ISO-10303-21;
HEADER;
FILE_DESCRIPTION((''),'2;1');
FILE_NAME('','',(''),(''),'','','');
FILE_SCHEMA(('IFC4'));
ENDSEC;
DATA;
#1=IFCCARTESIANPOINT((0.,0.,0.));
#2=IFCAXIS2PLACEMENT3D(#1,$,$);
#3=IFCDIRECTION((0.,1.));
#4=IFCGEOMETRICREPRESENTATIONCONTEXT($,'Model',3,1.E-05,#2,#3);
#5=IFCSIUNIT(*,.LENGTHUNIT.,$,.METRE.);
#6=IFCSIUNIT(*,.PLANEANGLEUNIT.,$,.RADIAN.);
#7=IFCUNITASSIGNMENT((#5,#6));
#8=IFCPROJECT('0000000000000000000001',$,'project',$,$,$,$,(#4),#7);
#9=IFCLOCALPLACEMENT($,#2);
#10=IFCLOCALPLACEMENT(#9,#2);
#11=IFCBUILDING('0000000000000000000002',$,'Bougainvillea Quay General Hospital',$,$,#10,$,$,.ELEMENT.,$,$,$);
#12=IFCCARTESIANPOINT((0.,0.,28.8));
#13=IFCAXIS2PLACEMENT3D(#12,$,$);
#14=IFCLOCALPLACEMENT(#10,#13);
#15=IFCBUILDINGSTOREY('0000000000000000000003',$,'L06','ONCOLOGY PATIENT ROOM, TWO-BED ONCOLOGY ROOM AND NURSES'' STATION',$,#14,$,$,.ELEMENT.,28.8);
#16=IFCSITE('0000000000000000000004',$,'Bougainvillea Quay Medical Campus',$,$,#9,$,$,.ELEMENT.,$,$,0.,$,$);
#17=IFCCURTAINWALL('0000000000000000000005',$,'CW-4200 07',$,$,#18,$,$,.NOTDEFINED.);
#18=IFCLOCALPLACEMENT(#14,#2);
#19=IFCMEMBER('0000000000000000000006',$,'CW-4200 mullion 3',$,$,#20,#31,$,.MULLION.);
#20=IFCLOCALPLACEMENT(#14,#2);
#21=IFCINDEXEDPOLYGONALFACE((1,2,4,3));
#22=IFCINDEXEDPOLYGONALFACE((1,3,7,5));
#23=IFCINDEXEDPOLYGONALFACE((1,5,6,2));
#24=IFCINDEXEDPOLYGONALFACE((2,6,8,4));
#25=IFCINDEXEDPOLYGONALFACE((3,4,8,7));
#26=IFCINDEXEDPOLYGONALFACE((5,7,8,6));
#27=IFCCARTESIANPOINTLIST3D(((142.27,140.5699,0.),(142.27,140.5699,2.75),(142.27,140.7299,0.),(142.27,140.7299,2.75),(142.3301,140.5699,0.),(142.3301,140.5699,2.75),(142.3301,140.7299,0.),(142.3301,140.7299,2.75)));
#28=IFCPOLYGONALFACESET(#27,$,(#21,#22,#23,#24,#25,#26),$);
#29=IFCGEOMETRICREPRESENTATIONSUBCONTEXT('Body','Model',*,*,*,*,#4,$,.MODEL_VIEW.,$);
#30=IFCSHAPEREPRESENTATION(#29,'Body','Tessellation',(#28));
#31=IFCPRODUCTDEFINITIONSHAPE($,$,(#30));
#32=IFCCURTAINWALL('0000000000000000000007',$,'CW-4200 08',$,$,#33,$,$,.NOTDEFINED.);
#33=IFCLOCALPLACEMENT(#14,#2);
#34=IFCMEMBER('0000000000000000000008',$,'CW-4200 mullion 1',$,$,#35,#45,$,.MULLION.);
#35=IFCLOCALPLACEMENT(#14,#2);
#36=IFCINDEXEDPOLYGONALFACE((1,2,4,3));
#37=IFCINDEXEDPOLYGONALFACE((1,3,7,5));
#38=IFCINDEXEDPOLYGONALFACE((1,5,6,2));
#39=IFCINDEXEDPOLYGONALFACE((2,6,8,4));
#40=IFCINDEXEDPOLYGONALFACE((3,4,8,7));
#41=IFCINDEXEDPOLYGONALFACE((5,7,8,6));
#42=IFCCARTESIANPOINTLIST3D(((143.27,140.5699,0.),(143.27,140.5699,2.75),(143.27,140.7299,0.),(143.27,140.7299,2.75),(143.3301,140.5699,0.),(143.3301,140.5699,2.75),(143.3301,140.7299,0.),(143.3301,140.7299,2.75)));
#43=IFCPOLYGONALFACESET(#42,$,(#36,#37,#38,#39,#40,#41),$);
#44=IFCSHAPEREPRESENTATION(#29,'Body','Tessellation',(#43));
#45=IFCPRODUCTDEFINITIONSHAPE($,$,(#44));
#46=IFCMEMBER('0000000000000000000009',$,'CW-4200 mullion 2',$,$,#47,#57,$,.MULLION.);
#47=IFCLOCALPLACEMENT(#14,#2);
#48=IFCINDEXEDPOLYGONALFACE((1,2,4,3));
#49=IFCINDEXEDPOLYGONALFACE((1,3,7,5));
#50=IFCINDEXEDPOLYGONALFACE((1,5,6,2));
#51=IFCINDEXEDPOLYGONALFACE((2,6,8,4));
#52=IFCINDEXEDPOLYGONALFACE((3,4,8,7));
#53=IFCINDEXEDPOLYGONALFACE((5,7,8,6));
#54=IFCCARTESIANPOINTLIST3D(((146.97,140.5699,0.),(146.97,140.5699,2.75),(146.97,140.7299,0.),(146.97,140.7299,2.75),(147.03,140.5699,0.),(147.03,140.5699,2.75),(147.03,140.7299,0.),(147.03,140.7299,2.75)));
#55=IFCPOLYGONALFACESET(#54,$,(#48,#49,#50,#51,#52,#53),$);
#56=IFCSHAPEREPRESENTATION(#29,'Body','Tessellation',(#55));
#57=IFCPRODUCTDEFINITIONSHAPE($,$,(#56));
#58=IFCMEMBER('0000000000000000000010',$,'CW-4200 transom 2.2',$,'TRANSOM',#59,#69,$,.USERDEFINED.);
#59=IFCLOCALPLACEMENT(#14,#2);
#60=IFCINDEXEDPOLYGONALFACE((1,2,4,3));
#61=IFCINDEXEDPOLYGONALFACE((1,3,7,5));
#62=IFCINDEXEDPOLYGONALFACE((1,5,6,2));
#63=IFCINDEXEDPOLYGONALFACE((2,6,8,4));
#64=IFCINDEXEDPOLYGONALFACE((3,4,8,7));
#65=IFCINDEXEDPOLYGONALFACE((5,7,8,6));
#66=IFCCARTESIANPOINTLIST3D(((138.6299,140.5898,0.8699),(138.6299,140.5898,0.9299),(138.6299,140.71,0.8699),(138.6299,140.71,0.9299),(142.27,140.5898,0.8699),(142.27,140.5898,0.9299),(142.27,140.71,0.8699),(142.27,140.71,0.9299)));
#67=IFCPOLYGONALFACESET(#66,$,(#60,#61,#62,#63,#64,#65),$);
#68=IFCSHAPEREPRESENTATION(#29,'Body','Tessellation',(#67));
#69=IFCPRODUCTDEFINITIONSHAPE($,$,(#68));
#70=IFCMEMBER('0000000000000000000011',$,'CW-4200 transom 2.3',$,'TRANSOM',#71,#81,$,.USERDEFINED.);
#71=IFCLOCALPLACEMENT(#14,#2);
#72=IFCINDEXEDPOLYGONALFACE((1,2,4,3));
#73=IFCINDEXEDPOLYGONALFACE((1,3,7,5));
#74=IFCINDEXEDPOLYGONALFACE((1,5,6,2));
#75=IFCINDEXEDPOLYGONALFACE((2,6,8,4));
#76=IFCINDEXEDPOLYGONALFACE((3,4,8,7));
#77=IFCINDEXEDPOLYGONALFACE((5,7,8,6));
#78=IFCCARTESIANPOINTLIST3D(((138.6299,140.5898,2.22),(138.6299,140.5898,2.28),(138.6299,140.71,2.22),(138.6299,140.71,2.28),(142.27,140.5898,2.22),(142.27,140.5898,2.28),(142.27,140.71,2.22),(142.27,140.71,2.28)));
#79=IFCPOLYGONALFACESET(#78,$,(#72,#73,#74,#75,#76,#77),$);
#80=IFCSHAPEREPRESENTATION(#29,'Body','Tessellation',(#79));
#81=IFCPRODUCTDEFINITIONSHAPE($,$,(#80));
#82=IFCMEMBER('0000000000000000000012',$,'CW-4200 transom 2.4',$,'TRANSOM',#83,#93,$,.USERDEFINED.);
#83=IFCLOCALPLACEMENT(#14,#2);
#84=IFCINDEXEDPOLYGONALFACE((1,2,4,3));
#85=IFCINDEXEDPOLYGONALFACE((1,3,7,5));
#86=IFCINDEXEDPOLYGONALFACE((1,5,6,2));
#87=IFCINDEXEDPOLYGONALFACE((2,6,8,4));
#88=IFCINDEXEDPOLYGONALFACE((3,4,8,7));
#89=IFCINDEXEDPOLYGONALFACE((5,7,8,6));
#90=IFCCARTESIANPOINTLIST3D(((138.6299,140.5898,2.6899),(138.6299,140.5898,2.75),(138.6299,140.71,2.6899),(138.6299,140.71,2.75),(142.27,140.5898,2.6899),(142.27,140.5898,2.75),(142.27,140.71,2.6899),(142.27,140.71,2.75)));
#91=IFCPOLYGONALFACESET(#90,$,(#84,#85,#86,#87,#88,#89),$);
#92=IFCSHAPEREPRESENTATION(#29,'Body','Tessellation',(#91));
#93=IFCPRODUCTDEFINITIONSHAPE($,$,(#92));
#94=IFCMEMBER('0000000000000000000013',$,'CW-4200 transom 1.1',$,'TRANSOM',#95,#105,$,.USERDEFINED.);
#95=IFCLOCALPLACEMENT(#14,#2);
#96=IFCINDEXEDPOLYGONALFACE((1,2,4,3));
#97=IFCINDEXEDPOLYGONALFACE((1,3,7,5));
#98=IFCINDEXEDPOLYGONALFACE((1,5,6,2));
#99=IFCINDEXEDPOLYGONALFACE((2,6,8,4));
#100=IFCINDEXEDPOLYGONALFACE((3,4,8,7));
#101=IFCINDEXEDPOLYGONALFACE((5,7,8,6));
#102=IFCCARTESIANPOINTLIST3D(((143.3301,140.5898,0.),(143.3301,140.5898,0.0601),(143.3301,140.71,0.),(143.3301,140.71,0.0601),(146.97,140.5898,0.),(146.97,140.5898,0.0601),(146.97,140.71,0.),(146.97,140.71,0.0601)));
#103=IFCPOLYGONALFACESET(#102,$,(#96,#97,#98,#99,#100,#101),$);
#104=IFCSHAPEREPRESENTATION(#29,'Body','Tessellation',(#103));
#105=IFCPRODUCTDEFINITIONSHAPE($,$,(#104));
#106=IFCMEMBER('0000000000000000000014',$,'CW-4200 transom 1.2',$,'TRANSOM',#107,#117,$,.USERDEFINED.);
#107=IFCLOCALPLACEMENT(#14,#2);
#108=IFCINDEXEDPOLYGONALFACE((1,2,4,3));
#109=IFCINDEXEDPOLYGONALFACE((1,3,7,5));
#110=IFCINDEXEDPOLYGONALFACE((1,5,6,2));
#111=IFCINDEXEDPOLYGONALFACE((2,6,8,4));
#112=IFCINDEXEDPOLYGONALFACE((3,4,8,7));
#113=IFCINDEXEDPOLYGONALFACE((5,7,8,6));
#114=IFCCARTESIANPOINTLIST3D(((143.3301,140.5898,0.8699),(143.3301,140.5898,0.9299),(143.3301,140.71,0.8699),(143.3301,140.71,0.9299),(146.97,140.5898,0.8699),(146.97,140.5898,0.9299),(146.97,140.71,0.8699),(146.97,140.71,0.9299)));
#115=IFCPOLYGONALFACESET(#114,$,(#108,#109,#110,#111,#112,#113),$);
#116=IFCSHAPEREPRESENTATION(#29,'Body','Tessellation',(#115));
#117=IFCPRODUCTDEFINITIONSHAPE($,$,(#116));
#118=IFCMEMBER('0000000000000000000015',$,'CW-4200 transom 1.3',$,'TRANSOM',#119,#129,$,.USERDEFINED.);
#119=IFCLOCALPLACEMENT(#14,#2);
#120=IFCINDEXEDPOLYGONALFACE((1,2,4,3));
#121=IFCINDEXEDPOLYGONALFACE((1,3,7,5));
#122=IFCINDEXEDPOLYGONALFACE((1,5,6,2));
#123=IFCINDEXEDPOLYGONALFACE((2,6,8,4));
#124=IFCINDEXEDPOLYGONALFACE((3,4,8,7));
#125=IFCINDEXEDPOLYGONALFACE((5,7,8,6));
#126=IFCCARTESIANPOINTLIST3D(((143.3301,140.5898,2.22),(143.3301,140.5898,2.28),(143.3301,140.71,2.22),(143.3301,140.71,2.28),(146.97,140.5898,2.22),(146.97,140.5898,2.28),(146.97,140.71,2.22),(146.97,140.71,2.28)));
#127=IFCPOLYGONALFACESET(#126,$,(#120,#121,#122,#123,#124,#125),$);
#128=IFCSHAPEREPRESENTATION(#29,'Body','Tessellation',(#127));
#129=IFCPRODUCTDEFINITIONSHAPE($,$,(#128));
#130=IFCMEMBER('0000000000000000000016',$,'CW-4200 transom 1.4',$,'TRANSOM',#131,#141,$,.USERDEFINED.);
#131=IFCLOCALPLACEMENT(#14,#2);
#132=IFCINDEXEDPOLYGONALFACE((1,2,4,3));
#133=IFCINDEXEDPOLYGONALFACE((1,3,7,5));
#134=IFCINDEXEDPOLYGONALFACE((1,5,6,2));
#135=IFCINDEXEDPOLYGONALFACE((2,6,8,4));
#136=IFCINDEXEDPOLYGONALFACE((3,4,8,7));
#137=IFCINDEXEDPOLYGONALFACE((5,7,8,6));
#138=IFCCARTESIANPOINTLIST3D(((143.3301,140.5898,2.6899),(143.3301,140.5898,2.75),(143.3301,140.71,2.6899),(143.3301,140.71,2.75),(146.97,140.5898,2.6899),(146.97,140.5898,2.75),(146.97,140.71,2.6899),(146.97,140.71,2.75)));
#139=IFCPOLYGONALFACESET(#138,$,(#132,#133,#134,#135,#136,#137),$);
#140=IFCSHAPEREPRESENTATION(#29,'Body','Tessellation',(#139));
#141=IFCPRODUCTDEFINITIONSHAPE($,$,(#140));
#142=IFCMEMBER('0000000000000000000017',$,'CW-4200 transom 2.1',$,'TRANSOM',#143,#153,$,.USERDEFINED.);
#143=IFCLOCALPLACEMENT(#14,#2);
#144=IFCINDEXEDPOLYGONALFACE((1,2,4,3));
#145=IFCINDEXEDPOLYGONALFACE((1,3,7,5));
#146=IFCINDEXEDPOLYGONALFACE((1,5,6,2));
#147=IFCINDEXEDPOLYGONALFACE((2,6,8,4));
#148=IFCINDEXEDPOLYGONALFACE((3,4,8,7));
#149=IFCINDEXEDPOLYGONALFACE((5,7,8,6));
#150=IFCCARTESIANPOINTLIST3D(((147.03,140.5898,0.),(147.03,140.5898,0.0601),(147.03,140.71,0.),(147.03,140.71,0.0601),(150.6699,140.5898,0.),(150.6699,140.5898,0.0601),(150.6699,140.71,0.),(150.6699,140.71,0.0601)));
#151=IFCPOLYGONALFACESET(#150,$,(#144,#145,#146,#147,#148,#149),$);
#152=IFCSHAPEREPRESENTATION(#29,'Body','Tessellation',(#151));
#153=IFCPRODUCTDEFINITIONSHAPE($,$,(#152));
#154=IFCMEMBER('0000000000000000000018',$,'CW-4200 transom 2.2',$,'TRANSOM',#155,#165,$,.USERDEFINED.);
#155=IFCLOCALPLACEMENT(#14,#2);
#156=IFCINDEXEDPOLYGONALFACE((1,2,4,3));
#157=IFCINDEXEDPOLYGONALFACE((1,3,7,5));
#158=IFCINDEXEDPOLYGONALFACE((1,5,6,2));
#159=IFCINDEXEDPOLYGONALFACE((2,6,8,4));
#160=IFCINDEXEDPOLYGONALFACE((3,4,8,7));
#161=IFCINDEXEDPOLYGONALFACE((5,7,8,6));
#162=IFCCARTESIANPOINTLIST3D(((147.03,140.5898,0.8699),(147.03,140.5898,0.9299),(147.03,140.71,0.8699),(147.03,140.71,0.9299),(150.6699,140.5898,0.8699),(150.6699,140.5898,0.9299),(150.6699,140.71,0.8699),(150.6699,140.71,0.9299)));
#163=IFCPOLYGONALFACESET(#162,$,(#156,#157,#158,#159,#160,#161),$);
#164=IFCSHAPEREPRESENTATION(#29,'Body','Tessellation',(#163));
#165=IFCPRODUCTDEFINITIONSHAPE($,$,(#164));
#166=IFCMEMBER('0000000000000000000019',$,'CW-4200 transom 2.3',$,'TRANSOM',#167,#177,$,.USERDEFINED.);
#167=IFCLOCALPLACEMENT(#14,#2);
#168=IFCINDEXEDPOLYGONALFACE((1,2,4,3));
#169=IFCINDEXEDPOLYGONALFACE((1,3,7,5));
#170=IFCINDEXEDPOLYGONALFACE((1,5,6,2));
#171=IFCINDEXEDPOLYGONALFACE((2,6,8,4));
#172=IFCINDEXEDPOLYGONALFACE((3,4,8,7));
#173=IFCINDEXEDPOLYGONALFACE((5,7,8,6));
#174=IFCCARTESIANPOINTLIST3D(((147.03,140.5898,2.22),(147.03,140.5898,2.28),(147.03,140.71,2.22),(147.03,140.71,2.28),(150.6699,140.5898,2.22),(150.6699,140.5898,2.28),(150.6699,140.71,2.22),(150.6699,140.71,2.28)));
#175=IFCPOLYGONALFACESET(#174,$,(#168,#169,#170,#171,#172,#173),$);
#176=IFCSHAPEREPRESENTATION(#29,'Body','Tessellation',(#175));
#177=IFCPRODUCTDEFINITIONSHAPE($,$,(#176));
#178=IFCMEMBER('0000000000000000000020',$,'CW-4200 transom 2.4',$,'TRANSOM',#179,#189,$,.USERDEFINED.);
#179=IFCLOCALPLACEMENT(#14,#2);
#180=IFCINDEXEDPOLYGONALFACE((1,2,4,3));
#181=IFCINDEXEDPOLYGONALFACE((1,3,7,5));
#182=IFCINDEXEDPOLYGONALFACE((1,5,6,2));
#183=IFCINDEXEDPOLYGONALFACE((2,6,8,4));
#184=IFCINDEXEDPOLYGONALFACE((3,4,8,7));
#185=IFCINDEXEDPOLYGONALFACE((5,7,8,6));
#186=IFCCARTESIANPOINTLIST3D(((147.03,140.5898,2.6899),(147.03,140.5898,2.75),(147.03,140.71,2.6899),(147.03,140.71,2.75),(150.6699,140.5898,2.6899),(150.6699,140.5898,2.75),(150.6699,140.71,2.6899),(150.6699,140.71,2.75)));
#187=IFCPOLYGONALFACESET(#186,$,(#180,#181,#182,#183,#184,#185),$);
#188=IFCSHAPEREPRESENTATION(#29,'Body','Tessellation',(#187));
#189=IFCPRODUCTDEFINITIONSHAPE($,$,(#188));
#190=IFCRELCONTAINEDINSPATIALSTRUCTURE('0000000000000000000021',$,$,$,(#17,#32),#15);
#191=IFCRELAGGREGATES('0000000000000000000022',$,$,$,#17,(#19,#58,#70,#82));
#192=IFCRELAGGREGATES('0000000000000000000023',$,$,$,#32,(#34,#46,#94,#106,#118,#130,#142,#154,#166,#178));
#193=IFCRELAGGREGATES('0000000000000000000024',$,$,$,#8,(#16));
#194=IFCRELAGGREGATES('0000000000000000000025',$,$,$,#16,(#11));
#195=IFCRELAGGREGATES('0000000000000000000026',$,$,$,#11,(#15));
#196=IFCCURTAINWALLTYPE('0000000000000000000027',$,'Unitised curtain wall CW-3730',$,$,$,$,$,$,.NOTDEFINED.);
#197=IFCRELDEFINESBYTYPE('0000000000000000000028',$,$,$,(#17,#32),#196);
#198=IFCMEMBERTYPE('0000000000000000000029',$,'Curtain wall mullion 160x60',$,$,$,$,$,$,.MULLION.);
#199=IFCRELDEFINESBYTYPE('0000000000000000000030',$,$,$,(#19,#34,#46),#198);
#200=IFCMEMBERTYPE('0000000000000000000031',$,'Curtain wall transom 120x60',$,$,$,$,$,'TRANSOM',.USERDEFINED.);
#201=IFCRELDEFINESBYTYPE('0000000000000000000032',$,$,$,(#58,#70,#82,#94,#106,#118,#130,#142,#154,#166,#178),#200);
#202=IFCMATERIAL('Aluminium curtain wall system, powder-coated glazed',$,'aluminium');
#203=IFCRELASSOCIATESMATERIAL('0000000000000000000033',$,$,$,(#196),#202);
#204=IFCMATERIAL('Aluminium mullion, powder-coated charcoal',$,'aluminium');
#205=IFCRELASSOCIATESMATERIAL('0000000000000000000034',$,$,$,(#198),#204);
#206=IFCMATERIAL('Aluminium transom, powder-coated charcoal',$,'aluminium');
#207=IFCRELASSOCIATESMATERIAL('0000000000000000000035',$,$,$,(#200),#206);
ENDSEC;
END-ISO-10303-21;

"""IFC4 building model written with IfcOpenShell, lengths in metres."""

from ifc_helpers import new_model, si_unit, direction, frame, origin, origin_2d, place, context, subcontext, project, spatial, rectangle, extrude, material, material_profile, profile_set, type_object, element, aggregate, save


model = new_model("IFC4")

# Units and contexts
model_context = context("Model", 3, precision=1e-05, world=origin(), true_north=direction((0.0, 1.0)))
body_context = subcontext(model_context, "Body", "Model", "MODEL_VIEW")
ifc_project = project(units=[si_unit("LENGTHUNIT", "METRE"), si_unit("PLANEANGLEUNIT", "RADIAN")], contexts=[model_context])

# Site, building, storey
site_placement = place(None, origin())
site = spatial("IfcSite", under=ifc_project, at=site_placement, Name="Bougainvillea Quay Medical Campus", CompositionType="ELEMENT", RefElevation=0.0)
building_placement = place(site_placement, origin())
building = spatial("IfcBuilding", under=site, at=building_placement, Name="Bougainvillea Quay General Hospital", CompositionType="ELEMENT")
storey_placement = place(building_placement, frame((0.0, 0.0, 28.8)))
storey = spatial("IfcBuildingStorey", under=building, at=storey_placement, Name="L06", Description="ONCOLOGY PATIENT ROOM, TWO-BED ONCOLOGY ROOM AND NURSES' STATION", CompositionType="ELEMENT", Elevation=28.8)

# Curtain wall, member
ifc_material_1 = material(Name="Aluminium curtain wall system, powder-coated glazed", Category="aluminium")
curtain_wall_type = type_object("IfcCurtainWallType", Name="Unitised curtain wall CW-3730", PredefinedType="NOTDEFINED", material=ifc_material_1)
curtain_wall_1_placement = place(storey_placement, origin())
curtain_wall_1 = element("IfcCurtainWall", 1, at=curtain_wall_1_placement, inside=storey, type_object=curtain_wall_type, Name="CW-4200 07", PredefinedType="NOTDEFINED")
ifc_material_2 = material(Name="Aluminium mullion, powder-coated charcoal", Category="aluminium")
ifc_material_profile_1 = material_profile(ifc_material_2, rectangle(XDim=0.1599, YDim=0.0601, at=origin_2d()))
ifc_profile_set_1 = profile_set([ifc_material_profile_1], Name="Aluminium mullion, powder-coated charcoal")
member_type_1 = type_object("IfcMemberType", Name="Curtain wall mullion 160x60", PredefinedType="MULLION", material=ifc_profile_set_1)
member_1_placement = place(storey_placement, frame((142.3, 140.6499, 0.0), z_axis=(0.0, 0.0, 1.0), x_axis=(0.0, 1.0, 0.0)))
member_1 = element("IfcMember", 2, at=member_1_placement, type_object=member_type_1, Name="CW-4200 mullion 3", PredefinedType="MULLION", context=body_context, shape_type="SweptSolid", body=[
    extrude(rectangle(XDim=0.1599, YDim=0.0601, at=origin_2d()), origin(), (0.0, 0.0, 1.0), 2.75),
])

# Curtain wall, members
curtain_wall_2_placement = place(storey_placement, origin())
curtain_wall_2 = element("IfcCurtainWall", 3, at=curtain_wall_2_placement, inside=storey, type_object=curtain_wall_type, Name="CW-4200 08", PredefinedType="NOTDEFINED")
member_2_placement = place(storey_placement, frame((143.3, 140.6499, 0.0), z_axis=(0.0, 0.0, 1.0), x_axis=(0.0, 1.0, 0.0)))
member_2 = element("IfcMember", 4, at=member_2_placement, type_object=member_type_1, Name="CW-4200 mullion 1", PredefinedType="MULLION", context=body_context, shape_type="SweptSolid", body=[
    extrude(rectangle(XDim=0.1599, YDim=0.0601, at=origin_2d()), origin(), (0.0, 0.0, 1.0), 2.75),
])
member_3_placement = place(storey_placement, frame((147.0, 140.6499, 0.0), z_axis=(0.0, 0.0, 1.0), x_axis=(0.0, 1.0, 0.0)))
member_3 = element("IfcMember", 5, at=member_3_placement, type_object=member_type_1, Name="CW-4200 mullion 2", PredefinedType="MULLION", context=body_context, shape_type="SweptSolid", body=[
    extrude(rectangle(XDim=0.1599, YDim=0.0601, at=origin_2d()), origin(), (0.0, 0.0, 1.0), 2.75),
])

# Members
ifc_material_3 = material(Name="Aluminium transom, powder-coated charcoal", Category="aluminium")
ifc_material_profile_2 = material_profile(ifc_material_3, rectangle(XDim=0.1201, YDim=0.0601, at=origin_2d()))
ifc_profile_set_2 = profile_set([ifc_material_profile_2], Name="Aluminium transom, powder-coated charcoal")
member_type_2 = type_object("IfcMemberType", Name="Curtain wall transom 120x60", ElementType="TRANSOM", PredefinedType="USERDEFINED", material=ifc_profile_set_2)
member_4_placement = place(storey_placement, frame((138.6299, 140.6499, 0.8999), z_axis=(1.0, 0.0, 0.0), x_axis=(0.0, 1.0, 0.0)))
member_4 = element("IfcMember", 6, at=member_4_placement, type_object=member_type_2, Name="CW-4200 transom 2.2", ObjectType="TRANSOM", PredefinedType="USERDEFINED", context=body_context, shape_type="SweptSolid", body=[
    extrude(rectangle(XDim=0.1201, YDim=0.0601, at=origin_2d()), origin(), (0.0, 0.0, 1.0), 3.6401),
])
member_5_placement = place(storey_placement, frame((138.6299, 140.6499, 2.25), z_axis=(1.0, 0.0, 0.0), x_axis=(0.0, 1.0, 0.0)))
member_5 = element("IfcMember", 7, at=member_5_placement, type_object=member_type_2, Name="CW-4200 transom 2.3", ObjectType="TRANSOM", PredefinedType="USERDEFINED", context=body_context, shape_type="SweptSolid", body=[
    extrude(rectangle(XDim=0.1201, YDim=0.0601, at=origin_2d()), origin(), (0.0, 0.0, 1.0), 3.6401),
])
member_6_placement = place(storey_placement, frame((138.6299, 140.6499, 2.72), z_axis=(1.0, 0.0, 0.0), x_axis=(0.0, 1.0, 0.0)))
member_6 = element("IfcMember", 8, at=member_6_placement, type_object=member_type_2, Name="CW-4200 transom 2.4", ObjectType="TRANSOM", PredefinedType="USERDEFINED", context=body_context, shape_type="SweptSolid", body=[
    extrude(rectangle(XDim=0.1201, YDim=0.0601, at=origin_2d()), origin(), (0.0, 0.0, 1.0), 3.6401),
])
member_7_placement = place(storey_placement, frame((143.3301, 140.6499, 0.03), z_axis=(1.0, 0.0, 0.0), x_axis=(0.0, 1.0, 0.0)))
member_7 = element("IfcMember", 9, at=member_7_placement, type_object=member_type_2, Name="CW-4200 transom 1.1", ObjectType="TRANSOM", PredefinedType="USERDEFINED", context=body_context, shape_type="SweptSolid", body=[
    extrude(rectangle(XDim=0.1201, YDim=0.0601, at=origin_2d()), origin(), (0.0, 0.0, 1.0), 3.6399),
])
member_8_placement = place(storey_placement, frame((143.3301, 140.6499, 0.8999), z_axis=(1.0, 0.0, 0.0), x_axis=(0.0, 1.0, 0.0)))
member_8 = element("IfcMember", 10, at=member_8_placement, type_object=member_type_2, Name="CW-4200 transom 1.2", ObjectType="TRANSOM", PredefinedType="USERDEFINED", context=body_context, shape_type="SweptSolid", body=[
    extrude(rectangle(XDim=0.1201, YDim=0.0601, at=origin_2d()), origin(), (0.0, 0.0, 1.0), 3.6399),
])
member_9_placement = place(storey_placement, frame((143.3301, 140.6499, 2.25), z_axis=(1.0, 0.0, 0.0), x_axis=(0.0, 1.0, 0.0)))
member_9 = element("IfcMember", 11, at=member_9_placement, type_object=member_type_2, Name="CW-4200 transom 1.3", ObjectType="TRANSOM", PredefinedType="USERDEFINED", context=body_context, shape_type="SweptSolid", body=[
    extrude(rectangle(XDim=0.1201, YDim=0.0601, at=origin_2d()), origin(), (0.0, 0.0, 1.0), 3.6399),
])
member_10_placement = place(storey_placement, frame((143.3301, 140.6499, 2.72), z_axis=(1.0, 0.0, 0.0), x_axis=(0.0, 1.0, 0.0)))
member_10 = element("IfcMember", 12, at=member_10_placement, type_object=member_type_2, Name="CW-4200 transom 1.4", ObjectType="TRANSOM", PredefinedType="USERDEFINED", context=body_context, shape_type="SweptSolid", body=[
    extrude(rectangle(XDim=0.1201, YDim=0.0601, at=origin_2d()), origin(), (0.0, 0.0, 1.0), 3.6399),
])
member_11_placement = place(storey_placement, frame((147.03, 140.6499, 0.03), z_axis=(1.0, 0.0, 0.0), x_axis=(0.0, 1.0, 0.0)))
member_11 = element("IfcMember", 13, at=member_11_placement, type_object=member_type_2, Name="CW-4200 transom 2.1", ObjectType="TRANSOM", PredefinedType="USERDEFINED", context=body_context, shape_type="SweptSolid", body=[
    extrude(rectangle(XDim=0.1201, YDim=0.0601, at=origin_2d()), origin(), (0.0, 0.0, 1.0), 3.6399),
])
member_12_placement = place(storey_placement, frame((147.03, 140.6499, 0.8999), z_axis=(1.0, 0.0, 0.0), x_axis=(0.0, 1.0, 0.0)))
member_12 = element("IfcMember", 14, at=member_12_placement, type_object=member_type_2, Name="CW-4200 transom 2.2", ObjectType="TRANSOM", PredefinedType="USERDEFINED", context=body_context, shape_type="SweptSolid", body=[
    extrude(rectangle(XDim=0.1201, YDim=0.0601, at=origin_2d()), origin(), (0.0, 0.0, 1.0), 3.6399),
])
member_13_placement = place(storey_placement, frame((147.03, 140.6499, 2.25), z_axis=(1.0, 0.0, 0.0), x_axis=(0.0, 1.0, 0.0)))
member_13 = element("IfcMember", 15, at=member_13_placement, type_object=member_type_2, Name="CW-4200 transom 2.3", ObjectType="TRANSOM", PredefinedType="USERDEFINED", context=body_context, shape_type="SweptSolid", body=[
    extrude(rectangle(XDim=0.1201, YDim=0.0601, at=origin_2d()), origin(), (0.0, 0.0, 1.0), 3.6399),
])
member_14_placement = place(storey_placement, frame((147.03, 140.6499, 2.72), z_axis=(1.0, 0.0, 0.0), x_axis=(0.0, 1.0, 0.0)))
member_14 = element("IfcMember", 16, at=member_14_placement, type_object=member_type_2, Name="CW-4200 transom 2.4", ObjectType="TRANSOM", PredefinedType="USERDEFINED", context=body_context, shape_type="SweptSolid", body=[
    extrude(rectangle(XDim=0.1201, YDim=0.0601, at=origin_2d()), origin(), (0.0, 0.0, 1.0), 3.6399),
])

aggregate(curtain_wall_1, [member_1, member_4, member_5, member_6])
aggregate(curtain_wall_2, [member_2, member_3, member_7, member_8, member_9, member_10, member_11, member_12, member_13, member_14])

save(model, "model.ifc")
